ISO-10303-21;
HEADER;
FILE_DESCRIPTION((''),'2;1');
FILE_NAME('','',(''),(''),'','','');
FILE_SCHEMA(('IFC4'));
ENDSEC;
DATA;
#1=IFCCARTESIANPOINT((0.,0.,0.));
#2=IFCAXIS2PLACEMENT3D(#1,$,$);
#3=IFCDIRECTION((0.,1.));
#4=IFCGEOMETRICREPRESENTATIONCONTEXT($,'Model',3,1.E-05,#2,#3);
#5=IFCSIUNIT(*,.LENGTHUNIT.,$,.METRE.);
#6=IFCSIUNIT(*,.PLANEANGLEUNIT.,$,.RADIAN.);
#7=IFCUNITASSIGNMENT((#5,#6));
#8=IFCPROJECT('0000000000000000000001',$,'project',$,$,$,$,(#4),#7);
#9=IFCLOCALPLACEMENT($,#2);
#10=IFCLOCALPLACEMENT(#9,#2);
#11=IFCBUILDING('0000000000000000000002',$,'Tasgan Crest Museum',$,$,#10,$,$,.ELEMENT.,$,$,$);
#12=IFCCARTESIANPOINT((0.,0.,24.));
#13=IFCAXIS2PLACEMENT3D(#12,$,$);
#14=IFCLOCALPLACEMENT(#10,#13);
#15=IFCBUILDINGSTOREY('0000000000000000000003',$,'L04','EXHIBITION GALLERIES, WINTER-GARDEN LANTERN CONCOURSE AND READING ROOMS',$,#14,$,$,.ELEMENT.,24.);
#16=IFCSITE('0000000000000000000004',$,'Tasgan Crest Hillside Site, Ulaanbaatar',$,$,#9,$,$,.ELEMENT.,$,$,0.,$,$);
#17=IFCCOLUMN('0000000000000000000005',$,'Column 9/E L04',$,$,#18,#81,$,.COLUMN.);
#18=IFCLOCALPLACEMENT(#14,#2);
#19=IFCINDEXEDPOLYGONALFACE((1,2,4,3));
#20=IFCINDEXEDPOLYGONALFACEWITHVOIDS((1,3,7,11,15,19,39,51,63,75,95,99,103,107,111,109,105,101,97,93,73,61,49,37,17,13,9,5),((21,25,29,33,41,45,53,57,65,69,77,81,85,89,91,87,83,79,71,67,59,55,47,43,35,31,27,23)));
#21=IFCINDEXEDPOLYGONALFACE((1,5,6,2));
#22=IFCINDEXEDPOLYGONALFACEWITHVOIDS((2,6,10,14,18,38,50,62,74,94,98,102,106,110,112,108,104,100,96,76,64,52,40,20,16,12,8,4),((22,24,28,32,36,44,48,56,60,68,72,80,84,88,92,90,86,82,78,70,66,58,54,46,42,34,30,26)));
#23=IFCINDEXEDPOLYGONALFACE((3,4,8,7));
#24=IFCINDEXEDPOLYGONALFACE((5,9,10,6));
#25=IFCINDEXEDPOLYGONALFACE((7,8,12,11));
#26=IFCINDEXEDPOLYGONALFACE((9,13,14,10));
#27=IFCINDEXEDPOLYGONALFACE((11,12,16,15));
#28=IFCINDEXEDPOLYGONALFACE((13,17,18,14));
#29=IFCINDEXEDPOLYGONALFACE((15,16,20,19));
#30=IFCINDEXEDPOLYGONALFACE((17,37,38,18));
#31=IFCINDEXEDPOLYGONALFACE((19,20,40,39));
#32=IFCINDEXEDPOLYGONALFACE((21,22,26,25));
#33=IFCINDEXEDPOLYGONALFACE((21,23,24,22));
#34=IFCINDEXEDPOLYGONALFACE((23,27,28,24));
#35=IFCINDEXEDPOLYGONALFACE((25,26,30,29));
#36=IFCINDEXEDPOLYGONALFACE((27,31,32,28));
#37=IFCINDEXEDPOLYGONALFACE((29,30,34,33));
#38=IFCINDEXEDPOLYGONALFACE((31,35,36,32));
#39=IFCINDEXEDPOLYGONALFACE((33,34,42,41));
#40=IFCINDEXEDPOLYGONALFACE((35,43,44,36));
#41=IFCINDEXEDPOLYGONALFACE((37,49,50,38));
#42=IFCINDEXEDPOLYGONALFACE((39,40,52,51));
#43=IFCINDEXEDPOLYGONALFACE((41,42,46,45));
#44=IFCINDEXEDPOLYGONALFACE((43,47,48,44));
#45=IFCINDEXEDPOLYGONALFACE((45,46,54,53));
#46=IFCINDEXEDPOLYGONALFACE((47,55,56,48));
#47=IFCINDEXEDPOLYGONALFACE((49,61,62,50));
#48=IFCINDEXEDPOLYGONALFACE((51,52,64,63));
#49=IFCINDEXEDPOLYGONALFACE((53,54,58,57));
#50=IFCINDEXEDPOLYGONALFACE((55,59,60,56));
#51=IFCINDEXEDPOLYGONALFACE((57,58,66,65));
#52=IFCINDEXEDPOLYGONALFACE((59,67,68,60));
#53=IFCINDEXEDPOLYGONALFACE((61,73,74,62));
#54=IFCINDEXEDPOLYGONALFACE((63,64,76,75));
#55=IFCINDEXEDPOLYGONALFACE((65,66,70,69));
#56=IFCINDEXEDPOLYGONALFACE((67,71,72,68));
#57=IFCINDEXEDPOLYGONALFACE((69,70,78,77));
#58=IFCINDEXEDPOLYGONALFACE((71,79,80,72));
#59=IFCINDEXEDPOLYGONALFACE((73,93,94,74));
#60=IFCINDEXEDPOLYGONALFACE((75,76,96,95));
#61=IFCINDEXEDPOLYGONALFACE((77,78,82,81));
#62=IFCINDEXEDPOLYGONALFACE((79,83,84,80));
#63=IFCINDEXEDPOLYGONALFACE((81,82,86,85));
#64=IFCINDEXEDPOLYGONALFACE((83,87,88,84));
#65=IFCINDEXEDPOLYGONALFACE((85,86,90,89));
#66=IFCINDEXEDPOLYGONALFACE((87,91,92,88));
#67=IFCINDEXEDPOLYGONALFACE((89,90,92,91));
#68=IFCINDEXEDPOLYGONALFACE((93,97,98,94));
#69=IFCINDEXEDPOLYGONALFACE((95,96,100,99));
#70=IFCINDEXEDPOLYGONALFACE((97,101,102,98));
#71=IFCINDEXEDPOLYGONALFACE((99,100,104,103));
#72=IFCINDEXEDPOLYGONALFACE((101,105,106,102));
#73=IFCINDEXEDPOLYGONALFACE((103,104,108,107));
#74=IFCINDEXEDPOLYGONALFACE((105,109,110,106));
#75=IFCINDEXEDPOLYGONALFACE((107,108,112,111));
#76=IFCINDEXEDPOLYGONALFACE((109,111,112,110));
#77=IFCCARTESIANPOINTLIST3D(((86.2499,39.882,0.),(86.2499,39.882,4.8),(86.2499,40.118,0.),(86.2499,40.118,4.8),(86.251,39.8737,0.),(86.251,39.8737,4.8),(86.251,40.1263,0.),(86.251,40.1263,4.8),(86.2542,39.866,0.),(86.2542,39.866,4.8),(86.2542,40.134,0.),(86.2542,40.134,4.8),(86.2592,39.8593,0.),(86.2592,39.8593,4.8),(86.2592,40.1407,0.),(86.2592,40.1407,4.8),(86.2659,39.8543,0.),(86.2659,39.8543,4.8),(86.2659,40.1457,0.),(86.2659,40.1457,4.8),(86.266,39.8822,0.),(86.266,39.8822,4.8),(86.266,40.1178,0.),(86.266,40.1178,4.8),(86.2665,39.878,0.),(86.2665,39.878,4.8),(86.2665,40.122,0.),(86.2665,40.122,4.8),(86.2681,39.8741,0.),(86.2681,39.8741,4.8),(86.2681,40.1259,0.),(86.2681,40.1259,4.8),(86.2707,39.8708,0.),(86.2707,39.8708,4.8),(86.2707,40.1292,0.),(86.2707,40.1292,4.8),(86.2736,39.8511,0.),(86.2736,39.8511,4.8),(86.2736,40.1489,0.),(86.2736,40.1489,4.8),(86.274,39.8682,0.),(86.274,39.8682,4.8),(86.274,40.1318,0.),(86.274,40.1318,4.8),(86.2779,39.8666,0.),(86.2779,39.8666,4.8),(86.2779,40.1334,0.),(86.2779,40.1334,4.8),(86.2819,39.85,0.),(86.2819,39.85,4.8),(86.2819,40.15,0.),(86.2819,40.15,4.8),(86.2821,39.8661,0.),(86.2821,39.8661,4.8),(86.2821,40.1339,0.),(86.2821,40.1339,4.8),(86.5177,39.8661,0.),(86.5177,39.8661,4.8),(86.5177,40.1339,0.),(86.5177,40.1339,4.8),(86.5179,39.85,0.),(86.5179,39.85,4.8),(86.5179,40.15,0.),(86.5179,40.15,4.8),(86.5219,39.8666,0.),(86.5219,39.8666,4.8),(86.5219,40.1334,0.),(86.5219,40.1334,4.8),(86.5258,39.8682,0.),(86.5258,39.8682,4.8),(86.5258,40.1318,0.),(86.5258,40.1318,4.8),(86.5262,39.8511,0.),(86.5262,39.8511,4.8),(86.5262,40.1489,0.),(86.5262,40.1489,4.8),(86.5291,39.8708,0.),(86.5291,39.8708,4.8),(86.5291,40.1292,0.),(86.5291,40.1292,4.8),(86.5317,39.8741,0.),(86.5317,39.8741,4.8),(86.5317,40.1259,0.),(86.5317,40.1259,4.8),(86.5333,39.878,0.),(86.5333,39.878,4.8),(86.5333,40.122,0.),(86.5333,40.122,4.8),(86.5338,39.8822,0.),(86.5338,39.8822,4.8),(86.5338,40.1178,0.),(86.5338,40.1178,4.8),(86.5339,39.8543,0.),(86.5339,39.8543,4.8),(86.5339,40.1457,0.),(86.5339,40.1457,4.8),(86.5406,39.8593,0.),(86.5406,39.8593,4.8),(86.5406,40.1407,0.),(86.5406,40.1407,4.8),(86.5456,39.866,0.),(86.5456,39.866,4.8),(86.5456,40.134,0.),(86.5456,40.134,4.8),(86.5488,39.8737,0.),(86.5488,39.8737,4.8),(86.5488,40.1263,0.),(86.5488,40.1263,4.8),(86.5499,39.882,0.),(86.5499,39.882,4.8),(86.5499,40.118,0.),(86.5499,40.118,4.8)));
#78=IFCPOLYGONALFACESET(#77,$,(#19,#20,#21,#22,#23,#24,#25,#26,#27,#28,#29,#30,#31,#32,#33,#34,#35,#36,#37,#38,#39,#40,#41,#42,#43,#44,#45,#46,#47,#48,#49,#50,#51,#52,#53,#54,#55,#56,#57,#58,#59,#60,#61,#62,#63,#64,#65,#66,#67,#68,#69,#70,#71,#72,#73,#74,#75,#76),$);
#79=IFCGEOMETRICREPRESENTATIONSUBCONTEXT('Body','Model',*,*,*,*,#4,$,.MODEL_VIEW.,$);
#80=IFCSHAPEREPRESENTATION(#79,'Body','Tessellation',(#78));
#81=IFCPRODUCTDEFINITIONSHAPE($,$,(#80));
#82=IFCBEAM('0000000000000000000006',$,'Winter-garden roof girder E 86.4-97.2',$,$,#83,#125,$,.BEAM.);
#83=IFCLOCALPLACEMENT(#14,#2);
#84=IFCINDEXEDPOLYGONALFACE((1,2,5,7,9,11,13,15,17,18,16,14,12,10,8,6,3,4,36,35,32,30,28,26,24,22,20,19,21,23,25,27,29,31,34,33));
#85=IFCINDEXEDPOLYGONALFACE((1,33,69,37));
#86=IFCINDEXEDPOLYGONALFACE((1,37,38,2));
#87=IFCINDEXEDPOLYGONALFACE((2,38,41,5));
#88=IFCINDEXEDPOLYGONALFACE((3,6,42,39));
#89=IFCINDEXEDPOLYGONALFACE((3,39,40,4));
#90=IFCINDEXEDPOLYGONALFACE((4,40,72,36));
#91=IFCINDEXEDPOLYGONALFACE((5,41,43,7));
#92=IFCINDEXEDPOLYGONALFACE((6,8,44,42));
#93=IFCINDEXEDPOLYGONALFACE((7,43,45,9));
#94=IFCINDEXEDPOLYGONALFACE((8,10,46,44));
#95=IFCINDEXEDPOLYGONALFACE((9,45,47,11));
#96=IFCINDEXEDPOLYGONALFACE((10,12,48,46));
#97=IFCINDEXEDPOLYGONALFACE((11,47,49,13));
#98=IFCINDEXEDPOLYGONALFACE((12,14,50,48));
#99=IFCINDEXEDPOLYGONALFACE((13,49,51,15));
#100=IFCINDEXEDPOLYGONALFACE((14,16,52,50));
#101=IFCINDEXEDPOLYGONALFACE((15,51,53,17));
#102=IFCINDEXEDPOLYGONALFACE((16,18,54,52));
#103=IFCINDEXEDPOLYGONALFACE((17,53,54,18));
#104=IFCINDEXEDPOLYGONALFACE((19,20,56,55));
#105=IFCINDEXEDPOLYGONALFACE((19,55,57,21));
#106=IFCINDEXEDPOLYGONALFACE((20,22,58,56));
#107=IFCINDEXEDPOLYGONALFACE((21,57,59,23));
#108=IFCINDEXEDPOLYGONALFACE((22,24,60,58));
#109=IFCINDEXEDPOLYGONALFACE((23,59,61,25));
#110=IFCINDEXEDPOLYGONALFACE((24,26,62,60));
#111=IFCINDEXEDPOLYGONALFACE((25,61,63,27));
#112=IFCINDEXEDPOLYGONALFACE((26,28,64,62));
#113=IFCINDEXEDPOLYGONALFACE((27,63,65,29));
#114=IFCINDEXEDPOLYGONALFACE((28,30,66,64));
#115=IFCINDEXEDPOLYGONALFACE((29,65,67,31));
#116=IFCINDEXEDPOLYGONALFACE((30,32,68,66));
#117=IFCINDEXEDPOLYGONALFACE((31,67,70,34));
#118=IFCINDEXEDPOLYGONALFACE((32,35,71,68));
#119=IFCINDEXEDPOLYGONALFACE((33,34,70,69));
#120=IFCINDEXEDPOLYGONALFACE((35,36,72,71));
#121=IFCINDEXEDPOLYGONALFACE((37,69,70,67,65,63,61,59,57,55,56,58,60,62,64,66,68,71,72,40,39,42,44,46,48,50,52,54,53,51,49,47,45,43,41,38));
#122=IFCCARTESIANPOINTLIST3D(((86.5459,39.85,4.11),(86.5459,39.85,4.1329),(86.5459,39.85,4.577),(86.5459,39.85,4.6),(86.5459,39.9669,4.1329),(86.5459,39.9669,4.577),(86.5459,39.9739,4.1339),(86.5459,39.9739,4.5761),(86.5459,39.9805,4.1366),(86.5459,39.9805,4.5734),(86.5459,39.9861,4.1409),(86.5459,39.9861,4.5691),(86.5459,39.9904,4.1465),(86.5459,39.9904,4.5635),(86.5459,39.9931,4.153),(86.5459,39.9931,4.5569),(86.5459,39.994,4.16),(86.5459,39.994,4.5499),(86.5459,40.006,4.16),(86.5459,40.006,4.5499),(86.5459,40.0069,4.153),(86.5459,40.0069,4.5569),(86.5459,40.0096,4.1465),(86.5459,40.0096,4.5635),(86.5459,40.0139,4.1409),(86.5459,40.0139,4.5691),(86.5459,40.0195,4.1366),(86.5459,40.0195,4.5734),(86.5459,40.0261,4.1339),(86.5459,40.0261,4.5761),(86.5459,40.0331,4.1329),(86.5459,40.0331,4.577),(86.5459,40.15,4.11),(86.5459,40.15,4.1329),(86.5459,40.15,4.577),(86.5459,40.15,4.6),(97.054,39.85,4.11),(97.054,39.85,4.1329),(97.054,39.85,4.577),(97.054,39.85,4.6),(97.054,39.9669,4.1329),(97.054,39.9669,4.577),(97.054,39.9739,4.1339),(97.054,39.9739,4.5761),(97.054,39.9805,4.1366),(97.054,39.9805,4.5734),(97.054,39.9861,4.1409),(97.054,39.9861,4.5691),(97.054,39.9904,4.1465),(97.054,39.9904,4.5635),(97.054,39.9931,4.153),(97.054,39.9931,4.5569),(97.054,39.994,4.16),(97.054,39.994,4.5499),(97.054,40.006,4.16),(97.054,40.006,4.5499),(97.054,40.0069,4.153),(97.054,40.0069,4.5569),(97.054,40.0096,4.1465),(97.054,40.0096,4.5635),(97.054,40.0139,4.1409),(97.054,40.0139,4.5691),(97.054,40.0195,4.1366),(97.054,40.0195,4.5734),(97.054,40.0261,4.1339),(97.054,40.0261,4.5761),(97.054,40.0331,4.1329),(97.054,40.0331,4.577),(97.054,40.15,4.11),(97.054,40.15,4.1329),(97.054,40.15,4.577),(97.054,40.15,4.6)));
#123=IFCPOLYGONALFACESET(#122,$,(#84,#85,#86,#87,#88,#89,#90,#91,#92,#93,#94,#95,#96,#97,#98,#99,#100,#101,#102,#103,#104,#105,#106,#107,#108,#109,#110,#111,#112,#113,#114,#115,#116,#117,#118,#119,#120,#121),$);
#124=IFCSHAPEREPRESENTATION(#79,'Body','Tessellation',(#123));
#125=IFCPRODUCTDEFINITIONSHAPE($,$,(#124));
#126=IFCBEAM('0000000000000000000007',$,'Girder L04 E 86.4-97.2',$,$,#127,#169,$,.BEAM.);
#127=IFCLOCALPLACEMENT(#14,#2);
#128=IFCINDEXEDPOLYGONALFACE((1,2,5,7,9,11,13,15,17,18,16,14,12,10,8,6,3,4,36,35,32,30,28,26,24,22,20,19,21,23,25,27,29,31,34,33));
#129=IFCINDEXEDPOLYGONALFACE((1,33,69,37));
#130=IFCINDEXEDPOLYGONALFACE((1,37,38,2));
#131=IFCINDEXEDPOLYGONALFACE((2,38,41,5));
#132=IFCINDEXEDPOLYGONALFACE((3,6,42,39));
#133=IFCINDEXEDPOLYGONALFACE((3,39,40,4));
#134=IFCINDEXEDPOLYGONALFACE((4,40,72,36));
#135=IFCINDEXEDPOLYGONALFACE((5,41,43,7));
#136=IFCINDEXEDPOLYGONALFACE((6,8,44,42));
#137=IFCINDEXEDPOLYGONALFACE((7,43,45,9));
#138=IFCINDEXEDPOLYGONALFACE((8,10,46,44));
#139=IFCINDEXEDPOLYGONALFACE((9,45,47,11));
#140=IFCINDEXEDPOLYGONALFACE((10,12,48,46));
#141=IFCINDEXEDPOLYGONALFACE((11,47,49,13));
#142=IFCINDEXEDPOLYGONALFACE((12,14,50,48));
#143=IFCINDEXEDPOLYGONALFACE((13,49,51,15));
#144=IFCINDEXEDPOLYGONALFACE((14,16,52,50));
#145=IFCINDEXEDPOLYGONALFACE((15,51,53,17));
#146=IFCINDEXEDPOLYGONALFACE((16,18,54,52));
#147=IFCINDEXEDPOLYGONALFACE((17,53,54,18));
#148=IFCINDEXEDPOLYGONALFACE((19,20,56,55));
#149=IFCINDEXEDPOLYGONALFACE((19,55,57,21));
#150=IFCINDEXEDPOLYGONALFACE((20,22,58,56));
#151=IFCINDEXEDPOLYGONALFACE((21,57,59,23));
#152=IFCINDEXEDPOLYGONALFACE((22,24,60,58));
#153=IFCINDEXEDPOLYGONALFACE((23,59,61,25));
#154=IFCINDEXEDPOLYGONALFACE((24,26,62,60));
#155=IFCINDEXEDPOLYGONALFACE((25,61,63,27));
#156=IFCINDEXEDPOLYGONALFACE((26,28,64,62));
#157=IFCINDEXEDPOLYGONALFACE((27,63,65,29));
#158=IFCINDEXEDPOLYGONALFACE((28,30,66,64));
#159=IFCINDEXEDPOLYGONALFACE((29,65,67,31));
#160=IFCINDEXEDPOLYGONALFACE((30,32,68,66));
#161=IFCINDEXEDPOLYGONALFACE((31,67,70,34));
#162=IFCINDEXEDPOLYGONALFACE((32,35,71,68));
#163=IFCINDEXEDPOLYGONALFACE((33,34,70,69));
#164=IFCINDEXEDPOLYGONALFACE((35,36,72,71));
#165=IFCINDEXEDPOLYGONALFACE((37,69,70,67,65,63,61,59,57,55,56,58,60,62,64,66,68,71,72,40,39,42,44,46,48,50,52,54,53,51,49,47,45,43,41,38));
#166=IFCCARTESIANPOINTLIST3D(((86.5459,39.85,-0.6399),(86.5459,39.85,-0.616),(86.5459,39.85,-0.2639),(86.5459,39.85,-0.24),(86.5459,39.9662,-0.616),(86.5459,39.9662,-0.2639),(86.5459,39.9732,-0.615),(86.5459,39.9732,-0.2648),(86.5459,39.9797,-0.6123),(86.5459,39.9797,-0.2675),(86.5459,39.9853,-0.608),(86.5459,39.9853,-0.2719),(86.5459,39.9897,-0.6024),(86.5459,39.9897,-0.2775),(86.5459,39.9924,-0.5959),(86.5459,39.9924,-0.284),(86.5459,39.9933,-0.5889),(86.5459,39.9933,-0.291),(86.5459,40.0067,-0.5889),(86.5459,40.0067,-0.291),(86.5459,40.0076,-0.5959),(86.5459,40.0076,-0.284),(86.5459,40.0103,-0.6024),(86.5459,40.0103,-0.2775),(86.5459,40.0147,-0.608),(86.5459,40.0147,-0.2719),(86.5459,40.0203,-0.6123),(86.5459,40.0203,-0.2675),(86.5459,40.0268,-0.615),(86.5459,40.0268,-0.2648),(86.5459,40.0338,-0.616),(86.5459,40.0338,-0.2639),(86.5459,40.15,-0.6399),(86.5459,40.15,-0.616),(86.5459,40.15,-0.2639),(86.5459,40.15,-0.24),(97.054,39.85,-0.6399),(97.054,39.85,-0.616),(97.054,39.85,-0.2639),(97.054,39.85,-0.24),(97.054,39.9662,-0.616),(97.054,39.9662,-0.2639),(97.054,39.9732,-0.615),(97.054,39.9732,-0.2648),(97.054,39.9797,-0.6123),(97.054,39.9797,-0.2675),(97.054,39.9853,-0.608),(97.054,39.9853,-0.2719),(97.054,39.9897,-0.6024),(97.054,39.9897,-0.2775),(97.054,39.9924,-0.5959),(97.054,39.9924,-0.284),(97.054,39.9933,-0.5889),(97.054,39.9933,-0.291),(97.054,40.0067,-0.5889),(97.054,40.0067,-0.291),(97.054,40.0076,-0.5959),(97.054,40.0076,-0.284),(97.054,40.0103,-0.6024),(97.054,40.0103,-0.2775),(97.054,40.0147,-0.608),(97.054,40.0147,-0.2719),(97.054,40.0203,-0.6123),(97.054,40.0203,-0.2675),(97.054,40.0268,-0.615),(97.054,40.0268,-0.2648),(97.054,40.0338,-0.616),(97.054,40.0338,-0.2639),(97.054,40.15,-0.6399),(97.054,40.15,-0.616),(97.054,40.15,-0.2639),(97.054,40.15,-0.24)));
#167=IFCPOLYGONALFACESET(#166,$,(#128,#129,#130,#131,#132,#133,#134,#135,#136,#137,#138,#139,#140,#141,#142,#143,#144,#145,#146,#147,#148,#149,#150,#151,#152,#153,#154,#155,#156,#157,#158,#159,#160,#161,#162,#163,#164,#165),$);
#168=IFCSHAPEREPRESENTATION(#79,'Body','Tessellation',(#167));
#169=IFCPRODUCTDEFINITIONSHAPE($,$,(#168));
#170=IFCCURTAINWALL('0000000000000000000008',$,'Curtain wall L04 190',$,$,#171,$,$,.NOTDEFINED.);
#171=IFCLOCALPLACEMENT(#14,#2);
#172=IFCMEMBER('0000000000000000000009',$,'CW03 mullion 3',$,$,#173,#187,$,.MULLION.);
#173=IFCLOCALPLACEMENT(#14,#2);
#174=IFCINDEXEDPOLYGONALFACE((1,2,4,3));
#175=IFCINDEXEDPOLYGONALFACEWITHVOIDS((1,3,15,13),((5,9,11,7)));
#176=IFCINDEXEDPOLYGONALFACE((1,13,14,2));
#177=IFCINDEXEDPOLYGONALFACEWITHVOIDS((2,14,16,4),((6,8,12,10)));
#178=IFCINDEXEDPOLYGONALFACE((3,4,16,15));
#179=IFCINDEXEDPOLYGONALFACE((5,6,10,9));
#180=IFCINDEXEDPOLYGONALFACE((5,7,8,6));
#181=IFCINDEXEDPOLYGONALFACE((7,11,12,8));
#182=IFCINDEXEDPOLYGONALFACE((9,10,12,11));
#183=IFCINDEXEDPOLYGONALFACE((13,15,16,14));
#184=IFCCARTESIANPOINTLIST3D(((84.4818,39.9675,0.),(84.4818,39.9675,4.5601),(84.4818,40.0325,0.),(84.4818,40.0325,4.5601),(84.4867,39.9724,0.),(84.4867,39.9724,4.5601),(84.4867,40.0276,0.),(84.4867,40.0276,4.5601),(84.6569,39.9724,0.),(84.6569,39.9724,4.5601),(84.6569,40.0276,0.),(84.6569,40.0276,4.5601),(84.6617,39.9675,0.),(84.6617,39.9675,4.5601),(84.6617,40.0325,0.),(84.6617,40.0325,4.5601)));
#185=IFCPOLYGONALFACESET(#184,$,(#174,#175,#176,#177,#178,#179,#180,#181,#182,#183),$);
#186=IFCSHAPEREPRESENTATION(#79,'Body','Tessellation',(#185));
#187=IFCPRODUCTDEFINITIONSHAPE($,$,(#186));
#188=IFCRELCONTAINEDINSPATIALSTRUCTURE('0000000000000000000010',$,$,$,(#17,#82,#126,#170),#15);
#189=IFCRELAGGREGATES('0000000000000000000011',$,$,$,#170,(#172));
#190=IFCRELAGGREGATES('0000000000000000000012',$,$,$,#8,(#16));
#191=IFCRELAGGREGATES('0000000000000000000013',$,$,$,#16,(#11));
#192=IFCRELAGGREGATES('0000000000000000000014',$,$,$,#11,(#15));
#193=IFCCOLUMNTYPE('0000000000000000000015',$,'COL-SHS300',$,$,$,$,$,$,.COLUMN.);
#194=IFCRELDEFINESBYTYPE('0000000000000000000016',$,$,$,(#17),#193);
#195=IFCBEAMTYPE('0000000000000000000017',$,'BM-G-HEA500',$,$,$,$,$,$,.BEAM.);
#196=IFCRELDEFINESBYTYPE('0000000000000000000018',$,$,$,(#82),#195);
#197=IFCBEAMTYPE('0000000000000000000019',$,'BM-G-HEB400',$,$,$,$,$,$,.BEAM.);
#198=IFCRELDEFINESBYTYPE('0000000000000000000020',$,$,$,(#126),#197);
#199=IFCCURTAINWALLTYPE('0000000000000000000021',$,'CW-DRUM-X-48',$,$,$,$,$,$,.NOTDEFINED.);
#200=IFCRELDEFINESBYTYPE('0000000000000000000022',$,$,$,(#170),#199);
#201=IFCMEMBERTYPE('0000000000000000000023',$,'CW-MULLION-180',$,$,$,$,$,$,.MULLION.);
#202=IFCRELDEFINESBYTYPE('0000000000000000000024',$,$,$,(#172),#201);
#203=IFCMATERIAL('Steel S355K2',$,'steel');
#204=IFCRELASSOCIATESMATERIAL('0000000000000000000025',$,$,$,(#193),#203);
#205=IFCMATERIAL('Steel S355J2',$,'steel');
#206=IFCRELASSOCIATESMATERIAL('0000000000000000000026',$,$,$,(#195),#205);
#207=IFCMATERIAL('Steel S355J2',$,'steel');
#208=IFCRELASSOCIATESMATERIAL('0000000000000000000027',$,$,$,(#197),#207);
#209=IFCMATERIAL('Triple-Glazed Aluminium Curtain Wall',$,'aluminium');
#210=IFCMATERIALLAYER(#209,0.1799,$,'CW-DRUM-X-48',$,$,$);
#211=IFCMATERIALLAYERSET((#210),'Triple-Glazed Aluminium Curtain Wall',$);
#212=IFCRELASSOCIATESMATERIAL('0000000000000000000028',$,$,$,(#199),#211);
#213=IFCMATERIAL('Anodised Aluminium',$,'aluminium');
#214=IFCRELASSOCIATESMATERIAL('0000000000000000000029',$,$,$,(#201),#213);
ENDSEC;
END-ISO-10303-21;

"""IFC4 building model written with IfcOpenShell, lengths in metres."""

from ifc_helpers import new_model, si_unit, direction, frame, origin, origin_2d, place, context, subcontext, project, spatial, hollow_rectangle, i_section, extrude, material, layer, layer_set, material_profile, profile_set, type_object, element, aggregate, save


model = new_model("IFC4")

# Units and contexts
model_context = context("Model", 3, precision=1e-05, world=origin(), true_north=direction((0.0, 1.0)))
body_context = subcontext(model_context, "Body", "Model", "MODEL_VIEW")
ifc_project = project(units=[si_unit("LENGTHUNIT", "METRE"), si_unit("PLANEANGLEUNIT", "RADIAN")], contexts=[model_context])

# Site, building, storey
site_placement = place(None, origin())
site = spatial("IfcSite", under=ifc_project, at=site_placement, Name="Tasgan Crest Hillside Site, Ulaanbaatar", CompositionType="ELEMENT", RefElevation=0.0)
building_placement = place(site_placement, origin())
building = spatial("IfcBuilding", under=site, at=building_placement, Name="Tasgan Crest Museum", CompositionType="ELEMENT")
storey_placement = place(building_placement, frame((0.0, 0.0, 24.0)))
storey = spatial("IfcBuildingStorey", under=building, at=storey_placement, Name="L04", Description="EXHIBITION GALLERIES, WINTER-GARDEN LANTERN CONCOURSE AND READING ROOMS", CompositionType="ELEMENT", Elevation=24.0)

# Column
ifc_material_1 = material(Name="Steel S355K2", Category="steel")
ifc_material_profile_1 = material_profile(ifc_material_1, hollow_rectangle(XDim=0.3, YDim=0.3, WallThickness=0.0161, InnerFilletRadius=0.0161, OuterFilletRadius=0.032, at=origin_2d()), Name="SHS 300x300x16")
ifc_profile_set_1 = profile_set([ifc_material_profile_1], Name="Steel S355K2")
column_type = type_object("IfcColumnType", Name="COL-SHS300", PredefinedType="COLUMN", material=ifc_profile_set_1)
column_placement = place(storey_placement, frame((86.3999, 40.0, 0.0), z_axis=(0.0, 0.0, 1.0), x_axis=(1.0, 0.0, 0.0)))
element("IfcColumn", 1, at=column_placement, inside=storey, type_object=column_type, Name="Column 9/E L04", PredefinedType="COLUMN", context=body_context, shape_type="SweptSolid", body=[
    extrude(hollow_rectangle(XDim=0.3, YDim=0.3, WallThickness=0.0161, InnerFilletRadius=0.0161, OuterFilletRadius=0.032, at=origin_2d()), origin(), (0.0, 0.0, 1.0), 4.8),
])

# Beams
ifc_material_2 = material(Name="Steel S355J2", Category="steel")
ifc_material_profile_2 = material_profile(ifc_material_2, i_section(OverallWidth=0.3, OverallDepth=0.49, WebThickness=0.012, FlangeThickness=0.0229, FilletRadius=0.0271, at=origin_2d()), Name="HEA 500")
ifc_profile_set_2 = profile_set([ifc_material_profile_2], Name="Steel S355J2")
beam_type_1 = type_object("IfcBeamType", Name="BM-G-HEA500", PredefinedType="BEAM", material=ifc_profile_set_2)
beam_1_placement = place(storey_placement, frame((86.5459, 40.0, 4.355), z_axis=(1.0, 0.0, 0.0), x_axis=(0.0, 1.0, 0.0)))
element("IfcBeam", 2, at=beam_1_placement, inside=storey, type_object=beam_type_1, Name="Winter-garden roof girder E 86.4-97.2", PredefinedType="BEAM", context=body_context, shape_type="SweptSolid", body=[
    extrude(i_section(OverallWidth=0.3, OverallDepth=0.49, WebThickness=0.012, FlangeThickness=0.0229, FilletRadius=0.0271, at=origin_2d()), origin(), (0.0, 0.0, 1.0), 10.5081),
])
ifc_material_3 = material(Name="Steel S355J2", Category="steel")
ifc_material_profile_3 = material_profile(ifc_material_3, i_section(OverallWidth=0.3, OverallDepth=0.3999, WebThickness=0.0134, FlangeThickness=0.0239, FilletRadius=0.0271, at=origin_2d()), Name="HEB 400")
ifc_profile_set_3 = profile_set([ifc_material_profile_3], Name="Steel S355J2")
beam_type_2 = type_object("IfcBeamType", Name="BM-G-HEB400", PredefinedType="BEAM", material=ifc_profile_set_3)
beam_2_placement = place(storey_placement, frame((86.5459, 40.0, -0.4399), z_axis=(1.0, 0.0, 0.0), x_axis=(0.0, 1.0, 0.0)))
element("IfcBeam", 3, at=beam_2_placement, inside=storey, type_object=beam_type_2, Name="Girder L04 E 86.4-97.2", PredefinedType="BEAM", context=body_context, shape_type="SweptSolid", body=[
    extrude(i_section(OverallWidth=0.3, OverallDepth=0.3999, WebThickness=0.0134, FlangeThickness=0.0239, FilletRadius=0.0271, at=origin_2d()), origin(), (0.0, 0.0, 1.0), 10.5081),
])

# Curtain wall, member
ifc_material_4 = material(Name="Triple-Glazed Aluminium Curtain Wall", Category="aluminium")
ifc_layer_1 = layer(ifc_material_4, 0.1799, Name="CW-DRUM-X-48")
ifc_layer_set_1 = layer_set([ifc_layer_1], Name="Triple-Glazed Aluminium Curtain Wall")
curtain_wall_type = type_object("IfcCurtainWallType", Name="CW-DRUM-X-48", PredefinedType="NOTDEFINED", material=ifc_layer_set_1)
curtain_wall_1_placement = place(storey_placement, origin())
curtain_wall_1 = element("IfcCurtainWall", 4, at=curtain_wall_1_placement, inside=storey, type_object=curtain_wall_type, Name="Curtain wall L04 190", PredefinedType="NOTDEFINED")
ifc_material_5 = material(Name="Anodised Aluminium", Category="aluminium")
ifc_material_profile_4 = material_profile(ifc_material_5, hollow_rectangle(XDim=0.0649, YDim=0.1799, WallThickness=0.0049, at=origin_2d()), Name="ALU MULLION 180x65x5")
ifc_profile_set_4 = profile_set([ifc_material_profile_4], Name="Anodised Aluminium")
member_type_1 = type_object("IfcMemberType", Name="CW-MULLION-180", PredefinedType="MULLION", material=ifc_profile_set_4)
member_1_placement = place(storey_placement, frame((84.5718, 40.0, 0.0), z_axis=(0.0, 0.0, 1.0), x_axis=(0.0, 1.0, 0.0)))
member_1 = element("IfcMember", 5, at=member_1_placement, type_object=member_type_1, Name="CW03 mullion 3", PredefinedType="MULLION", context=body_context, shape_type="SweptSolid", body=[
    extrude(hollow_rectangle(XDim=0.0649, YDim=0.1799, WallThickness=0.0049, at=origin_2d()), origin(), (0.0, 0.0, 1.0), 4.5601),
])

aggregate(curtain_wall_1, [member_1])

save(model, "model.ifc")
